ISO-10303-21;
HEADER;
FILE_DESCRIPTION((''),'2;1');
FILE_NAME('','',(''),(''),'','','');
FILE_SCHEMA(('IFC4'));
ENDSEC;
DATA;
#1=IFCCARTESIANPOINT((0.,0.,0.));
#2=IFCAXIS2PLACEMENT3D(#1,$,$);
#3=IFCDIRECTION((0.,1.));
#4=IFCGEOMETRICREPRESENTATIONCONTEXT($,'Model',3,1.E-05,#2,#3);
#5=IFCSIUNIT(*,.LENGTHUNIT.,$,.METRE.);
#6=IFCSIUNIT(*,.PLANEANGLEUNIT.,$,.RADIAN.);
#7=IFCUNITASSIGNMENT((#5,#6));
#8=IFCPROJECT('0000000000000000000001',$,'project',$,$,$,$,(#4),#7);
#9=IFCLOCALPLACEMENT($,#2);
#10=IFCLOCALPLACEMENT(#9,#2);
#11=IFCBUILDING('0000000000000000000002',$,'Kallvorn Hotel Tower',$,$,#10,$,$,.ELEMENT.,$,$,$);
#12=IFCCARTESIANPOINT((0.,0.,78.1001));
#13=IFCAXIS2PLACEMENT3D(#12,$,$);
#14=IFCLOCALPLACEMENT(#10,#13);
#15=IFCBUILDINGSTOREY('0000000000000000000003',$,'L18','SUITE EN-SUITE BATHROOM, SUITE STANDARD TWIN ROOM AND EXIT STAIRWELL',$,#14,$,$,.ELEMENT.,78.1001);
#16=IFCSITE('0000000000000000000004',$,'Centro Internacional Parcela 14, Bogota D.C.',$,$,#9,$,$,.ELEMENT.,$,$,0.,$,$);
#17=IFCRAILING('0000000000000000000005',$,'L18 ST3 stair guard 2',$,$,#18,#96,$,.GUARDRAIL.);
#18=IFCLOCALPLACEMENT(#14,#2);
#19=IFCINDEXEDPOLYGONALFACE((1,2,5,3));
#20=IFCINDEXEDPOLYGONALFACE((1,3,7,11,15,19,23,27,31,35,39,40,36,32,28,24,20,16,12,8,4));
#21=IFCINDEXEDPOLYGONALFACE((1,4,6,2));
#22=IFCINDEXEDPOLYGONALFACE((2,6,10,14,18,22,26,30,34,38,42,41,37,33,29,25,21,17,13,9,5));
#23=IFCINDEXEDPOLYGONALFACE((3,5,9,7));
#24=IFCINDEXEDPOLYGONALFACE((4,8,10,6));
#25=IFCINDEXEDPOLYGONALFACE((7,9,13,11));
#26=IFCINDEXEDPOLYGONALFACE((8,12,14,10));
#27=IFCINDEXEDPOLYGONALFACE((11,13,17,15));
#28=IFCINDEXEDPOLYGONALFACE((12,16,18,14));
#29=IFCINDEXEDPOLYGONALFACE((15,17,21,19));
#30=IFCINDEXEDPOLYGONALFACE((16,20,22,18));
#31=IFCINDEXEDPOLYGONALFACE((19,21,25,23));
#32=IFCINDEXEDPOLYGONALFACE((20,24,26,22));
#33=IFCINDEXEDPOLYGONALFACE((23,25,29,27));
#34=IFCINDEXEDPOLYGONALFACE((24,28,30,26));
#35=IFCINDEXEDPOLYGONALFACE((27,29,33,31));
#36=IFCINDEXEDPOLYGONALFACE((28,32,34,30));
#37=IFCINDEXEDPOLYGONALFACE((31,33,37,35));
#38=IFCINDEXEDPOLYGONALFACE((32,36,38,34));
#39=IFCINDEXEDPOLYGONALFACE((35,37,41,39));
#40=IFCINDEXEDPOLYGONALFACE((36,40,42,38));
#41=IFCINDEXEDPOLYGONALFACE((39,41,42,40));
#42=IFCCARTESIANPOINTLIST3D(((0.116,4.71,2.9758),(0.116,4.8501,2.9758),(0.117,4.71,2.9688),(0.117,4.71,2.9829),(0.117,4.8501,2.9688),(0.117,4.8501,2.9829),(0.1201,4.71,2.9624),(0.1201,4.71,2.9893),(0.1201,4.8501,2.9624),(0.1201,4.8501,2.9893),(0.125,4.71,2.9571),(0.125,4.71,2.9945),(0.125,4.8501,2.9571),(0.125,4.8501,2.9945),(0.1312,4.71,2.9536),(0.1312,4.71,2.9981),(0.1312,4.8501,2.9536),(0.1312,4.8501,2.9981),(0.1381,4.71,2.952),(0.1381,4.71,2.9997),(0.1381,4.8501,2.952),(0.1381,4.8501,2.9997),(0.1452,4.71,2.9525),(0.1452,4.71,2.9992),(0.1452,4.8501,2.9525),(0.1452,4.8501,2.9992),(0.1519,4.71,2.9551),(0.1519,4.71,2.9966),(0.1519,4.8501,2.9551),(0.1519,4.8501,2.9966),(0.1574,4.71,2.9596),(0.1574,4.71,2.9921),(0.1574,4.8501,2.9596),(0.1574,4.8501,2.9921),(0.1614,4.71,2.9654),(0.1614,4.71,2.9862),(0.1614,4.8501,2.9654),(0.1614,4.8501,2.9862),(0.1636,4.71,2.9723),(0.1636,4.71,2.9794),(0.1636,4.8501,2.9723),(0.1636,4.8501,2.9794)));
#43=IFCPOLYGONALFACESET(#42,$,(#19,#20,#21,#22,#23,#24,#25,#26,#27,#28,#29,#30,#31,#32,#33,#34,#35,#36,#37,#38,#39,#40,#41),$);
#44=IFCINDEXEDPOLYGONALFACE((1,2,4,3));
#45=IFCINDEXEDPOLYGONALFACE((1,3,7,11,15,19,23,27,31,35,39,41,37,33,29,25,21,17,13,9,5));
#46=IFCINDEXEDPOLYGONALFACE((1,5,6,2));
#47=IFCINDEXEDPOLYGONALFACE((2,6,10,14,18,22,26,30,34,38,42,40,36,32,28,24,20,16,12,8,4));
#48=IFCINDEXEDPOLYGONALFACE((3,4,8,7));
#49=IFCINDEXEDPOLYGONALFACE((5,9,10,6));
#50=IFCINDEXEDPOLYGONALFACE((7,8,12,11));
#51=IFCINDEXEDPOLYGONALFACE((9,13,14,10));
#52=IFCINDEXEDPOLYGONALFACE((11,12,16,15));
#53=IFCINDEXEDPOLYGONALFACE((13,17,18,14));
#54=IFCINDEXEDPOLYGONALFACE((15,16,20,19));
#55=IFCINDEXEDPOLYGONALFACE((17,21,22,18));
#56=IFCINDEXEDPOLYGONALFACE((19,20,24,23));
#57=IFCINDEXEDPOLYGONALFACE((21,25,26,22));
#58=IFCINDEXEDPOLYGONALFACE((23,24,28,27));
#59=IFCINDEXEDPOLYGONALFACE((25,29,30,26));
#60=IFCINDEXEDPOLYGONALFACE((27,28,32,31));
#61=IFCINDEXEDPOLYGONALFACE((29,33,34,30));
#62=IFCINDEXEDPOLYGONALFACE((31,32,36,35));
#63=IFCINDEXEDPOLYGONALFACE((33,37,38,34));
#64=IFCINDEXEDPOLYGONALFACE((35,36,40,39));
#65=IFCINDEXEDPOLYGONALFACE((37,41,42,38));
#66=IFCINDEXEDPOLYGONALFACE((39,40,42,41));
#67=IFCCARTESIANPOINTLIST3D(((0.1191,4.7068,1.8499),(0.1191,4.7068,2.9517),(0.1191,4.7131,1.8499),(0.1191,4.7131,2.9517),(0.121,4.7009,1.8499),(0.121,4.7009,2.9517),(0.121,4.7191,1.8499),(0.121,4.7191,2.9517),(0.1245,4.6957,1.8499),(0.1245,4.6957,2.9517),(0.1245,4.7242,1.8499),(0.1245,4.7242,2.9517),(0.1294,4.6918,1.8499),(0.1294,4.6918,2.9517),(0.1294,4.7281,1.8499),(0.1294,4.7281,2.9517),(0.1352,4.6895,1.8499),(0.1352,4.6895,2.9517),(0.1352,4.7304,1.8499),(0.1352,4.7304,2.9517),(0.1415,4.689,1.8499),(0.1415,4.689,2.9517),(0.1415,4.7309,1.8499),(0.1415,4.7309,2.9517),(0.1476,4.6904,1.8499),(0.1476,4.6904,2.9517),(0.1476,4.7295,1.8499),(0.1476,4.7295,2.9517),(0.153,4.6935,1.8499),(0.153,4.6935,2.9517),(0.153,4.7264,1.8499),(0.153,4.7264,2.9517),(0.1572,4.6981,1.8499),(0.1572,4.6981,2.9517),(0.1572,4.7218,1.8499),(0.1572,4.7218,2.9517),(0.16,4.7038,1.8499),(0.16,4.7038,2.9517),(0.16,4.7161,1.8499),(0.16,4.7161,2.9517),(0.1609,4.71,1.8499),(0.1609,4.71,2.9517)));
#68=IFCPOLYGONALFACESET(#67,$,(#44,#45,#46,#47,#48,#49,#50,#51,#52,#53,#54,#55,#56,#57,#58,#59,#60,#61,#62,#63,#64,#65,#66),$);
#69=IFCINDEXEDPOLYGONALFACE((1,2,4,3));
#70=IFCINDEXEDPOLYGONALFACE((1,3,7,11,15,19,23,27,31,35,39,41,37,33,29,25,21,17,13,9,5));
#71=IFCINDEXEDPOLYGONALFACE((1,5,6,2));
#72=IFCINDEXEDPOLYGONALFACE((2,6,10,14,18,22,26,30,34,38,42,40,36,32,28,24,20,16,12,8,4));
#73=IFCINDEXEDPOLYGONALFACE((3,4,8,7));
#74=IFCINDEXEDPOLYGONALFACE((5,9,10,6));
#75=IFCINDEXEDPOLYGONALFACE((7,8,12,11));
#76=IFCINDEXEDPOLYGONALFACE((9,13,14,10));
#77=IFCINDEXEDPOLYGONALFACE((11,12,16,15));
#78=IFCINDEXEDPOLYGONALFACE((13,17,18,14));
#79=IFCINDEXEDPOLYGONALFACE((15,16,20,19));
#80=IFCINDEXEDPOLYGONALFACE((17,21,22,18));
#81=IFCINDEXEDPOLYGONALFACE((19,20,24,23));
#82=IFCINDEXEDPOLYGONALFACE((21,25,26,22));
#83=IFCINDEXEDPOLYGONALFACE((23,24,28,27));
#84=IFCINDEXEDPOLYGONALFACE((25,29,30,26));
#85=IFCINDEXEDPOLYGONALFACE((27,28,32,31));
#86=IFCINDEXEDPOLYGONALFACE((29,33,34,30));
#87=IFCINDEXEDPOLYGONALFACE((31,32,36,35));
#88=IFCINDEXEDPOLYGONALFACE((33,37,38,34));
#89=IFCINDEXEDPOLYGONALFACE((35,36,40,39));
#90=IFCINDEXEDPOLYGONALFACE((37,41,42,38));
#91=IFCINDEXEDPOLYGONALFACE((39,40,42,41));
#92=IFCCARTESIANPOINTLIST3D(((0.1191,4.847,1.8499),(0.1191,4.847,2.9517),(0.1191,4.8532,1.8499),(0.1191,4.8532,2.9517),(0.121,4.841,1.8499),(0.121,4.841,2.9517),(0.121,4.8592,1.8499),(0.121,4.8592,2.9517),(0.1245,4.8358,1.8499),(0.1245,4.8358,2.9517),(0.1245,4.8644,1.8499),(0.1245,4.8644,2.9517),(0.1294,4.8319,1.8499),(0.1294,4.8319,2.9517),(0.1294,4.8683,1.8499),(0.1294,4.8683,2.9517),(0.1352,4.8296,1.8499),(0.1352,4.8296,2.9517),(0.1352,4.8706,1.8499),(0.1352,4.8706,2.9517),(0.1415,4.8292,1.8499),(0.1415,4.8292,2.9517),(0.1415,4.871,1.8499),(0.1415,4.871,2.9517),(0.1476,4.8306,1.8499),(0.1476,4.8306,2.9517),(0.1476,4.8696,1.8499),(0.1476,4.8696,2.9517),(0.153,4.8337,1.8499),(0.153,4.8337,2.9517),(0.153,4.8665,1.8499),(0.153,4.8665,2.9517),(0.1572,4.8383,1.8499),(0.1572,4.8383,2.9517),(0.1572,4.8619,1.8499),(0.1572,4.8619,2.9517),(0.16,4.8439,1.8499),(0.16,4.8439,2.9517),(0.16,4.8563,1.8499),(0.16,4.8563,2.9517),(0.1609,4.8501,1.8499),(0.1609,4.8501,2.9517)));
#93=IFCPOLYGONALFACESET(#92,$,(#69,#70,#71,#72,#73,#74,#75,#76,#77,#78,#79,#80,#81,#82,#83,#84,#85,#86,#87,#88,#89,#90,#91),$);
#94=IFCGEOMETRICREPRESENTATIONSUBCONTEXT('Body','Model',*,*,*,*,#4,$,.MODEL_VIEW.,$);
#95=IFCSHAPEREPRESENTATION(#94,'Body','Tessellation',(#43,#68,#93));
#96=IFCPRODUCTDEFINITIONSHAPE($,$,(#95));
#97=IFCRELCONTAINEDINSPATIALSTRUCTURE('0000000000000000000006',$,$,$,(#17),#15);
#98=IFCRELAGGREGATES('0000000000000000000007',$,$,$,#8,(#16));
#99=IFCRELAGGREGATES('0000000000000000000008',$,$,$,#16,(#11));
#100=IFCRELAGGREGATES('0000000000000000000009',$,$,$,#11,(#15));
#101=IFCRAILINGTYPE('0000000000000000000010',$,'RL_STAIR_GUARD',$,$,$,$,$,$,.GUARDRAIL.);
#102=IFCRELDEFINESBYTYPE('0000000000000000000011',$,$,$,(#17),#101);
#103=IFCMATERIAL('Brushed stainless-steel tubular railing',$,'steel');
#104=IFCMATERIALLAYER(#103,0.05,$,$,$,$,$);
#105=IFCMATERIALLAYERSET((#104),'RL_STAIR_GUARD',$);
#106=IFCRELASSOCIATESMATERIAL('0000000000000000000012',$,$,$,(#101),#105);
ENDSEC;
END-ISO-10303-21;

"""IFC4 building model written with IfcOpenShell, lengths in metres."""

from ifc_helpers import new_model, si_unit, direction, frame, origin, origin_2d, place, context, subcontext, project, spatial, circle, extrude, material, layer, layer_set, type_object, element, save


model = new_model("IFC4")

# Units and contexts
model_context = context("Model", 3, precision=1e-05, world=origin(), true_north=direction((0.0, 1.0)))
body_context = subcontext(model_context, "Body", "Model", "MODEL_VIEW")
ifc_project = project(units=[si_unit("LENGTHUNIT", "METRE"), si_unit("PLANEANGLEUNIT", "RADIAN")], contexts=[model_context])

# Site, building, storey
site_placement = place(None, origin())
site = spatial("IfcSite", under=ifc_project, at=site_placement, Name="Centro Internacional Parcela 14, Bogota D.C.", CompositionType="ELEMENT", RefElevation=0.0)
building_placement = place(site_placement, origin())
building = spatial("IfcBuilding", under=site, at=building_placement, Name="Kallvorn Hotel Tower", CompositionType="ELEMENT")
storey_placement = place(building_placement, frame((0.0, 0.0, 78.1001)))
storey = spatial("IfcBuildingStorey", under=building, at=storey_placement, Name="L18", Description="SUITE EN-SUITE BATHROOM, SUITE STANDARD TWIN ROOM AND EXIT STAIRWELL", CompositionType="ELEMENT", Elevation=78.1001)

# Railing
ifc_material_1 = material(Name="Brushed stainless-steel tubular railing", Category="steel")
ifc_layer_1 = layer(ifc_material_1, 0.05)
ifc_layer_set_1 = layer_set([ifc_layer_1], Name="RL_STAIR_GUARD")
railing_type_1 = type_object("IfcRailingType", Name="RL_STAIR_GUARD", PredefinedType="GUARDRAIL", material=ifc_layer_set_1)
railing_1_placement = place(storey_placement, frame((0.1399, 4.71, 1.8499)))
element("IfcRailing", 1, at=railing_1_placement, inside=storey, type_object=railing_type_1, Name="L18 ST3 stair guard 2", PredefinedType="GUARDRAIL", context=body_context, shape_type="SweptSolid", body=[
    extrude(circle(Radius=0.0239, at=origin_2d()), frame((0.0, 0.0, 1.126), z_axis=(0.0, 1.0, 0.0), x_axis=(-1.0, 0.0, 0.0)), (0.0, 0.0, 1.0), 0.1401),
    extrude(circle(Radius=0.021, at=origin_2d()), origin(), (0.0, 0.0, 1.0), 1.1018),
    extrude(circle(Radius=0.021, at=origin_2d()), frame((0.0, 0.1401, 0.0)), (0.0, 0.0, 1.0), 1.1018),
])

save(model, "model.ifc")
